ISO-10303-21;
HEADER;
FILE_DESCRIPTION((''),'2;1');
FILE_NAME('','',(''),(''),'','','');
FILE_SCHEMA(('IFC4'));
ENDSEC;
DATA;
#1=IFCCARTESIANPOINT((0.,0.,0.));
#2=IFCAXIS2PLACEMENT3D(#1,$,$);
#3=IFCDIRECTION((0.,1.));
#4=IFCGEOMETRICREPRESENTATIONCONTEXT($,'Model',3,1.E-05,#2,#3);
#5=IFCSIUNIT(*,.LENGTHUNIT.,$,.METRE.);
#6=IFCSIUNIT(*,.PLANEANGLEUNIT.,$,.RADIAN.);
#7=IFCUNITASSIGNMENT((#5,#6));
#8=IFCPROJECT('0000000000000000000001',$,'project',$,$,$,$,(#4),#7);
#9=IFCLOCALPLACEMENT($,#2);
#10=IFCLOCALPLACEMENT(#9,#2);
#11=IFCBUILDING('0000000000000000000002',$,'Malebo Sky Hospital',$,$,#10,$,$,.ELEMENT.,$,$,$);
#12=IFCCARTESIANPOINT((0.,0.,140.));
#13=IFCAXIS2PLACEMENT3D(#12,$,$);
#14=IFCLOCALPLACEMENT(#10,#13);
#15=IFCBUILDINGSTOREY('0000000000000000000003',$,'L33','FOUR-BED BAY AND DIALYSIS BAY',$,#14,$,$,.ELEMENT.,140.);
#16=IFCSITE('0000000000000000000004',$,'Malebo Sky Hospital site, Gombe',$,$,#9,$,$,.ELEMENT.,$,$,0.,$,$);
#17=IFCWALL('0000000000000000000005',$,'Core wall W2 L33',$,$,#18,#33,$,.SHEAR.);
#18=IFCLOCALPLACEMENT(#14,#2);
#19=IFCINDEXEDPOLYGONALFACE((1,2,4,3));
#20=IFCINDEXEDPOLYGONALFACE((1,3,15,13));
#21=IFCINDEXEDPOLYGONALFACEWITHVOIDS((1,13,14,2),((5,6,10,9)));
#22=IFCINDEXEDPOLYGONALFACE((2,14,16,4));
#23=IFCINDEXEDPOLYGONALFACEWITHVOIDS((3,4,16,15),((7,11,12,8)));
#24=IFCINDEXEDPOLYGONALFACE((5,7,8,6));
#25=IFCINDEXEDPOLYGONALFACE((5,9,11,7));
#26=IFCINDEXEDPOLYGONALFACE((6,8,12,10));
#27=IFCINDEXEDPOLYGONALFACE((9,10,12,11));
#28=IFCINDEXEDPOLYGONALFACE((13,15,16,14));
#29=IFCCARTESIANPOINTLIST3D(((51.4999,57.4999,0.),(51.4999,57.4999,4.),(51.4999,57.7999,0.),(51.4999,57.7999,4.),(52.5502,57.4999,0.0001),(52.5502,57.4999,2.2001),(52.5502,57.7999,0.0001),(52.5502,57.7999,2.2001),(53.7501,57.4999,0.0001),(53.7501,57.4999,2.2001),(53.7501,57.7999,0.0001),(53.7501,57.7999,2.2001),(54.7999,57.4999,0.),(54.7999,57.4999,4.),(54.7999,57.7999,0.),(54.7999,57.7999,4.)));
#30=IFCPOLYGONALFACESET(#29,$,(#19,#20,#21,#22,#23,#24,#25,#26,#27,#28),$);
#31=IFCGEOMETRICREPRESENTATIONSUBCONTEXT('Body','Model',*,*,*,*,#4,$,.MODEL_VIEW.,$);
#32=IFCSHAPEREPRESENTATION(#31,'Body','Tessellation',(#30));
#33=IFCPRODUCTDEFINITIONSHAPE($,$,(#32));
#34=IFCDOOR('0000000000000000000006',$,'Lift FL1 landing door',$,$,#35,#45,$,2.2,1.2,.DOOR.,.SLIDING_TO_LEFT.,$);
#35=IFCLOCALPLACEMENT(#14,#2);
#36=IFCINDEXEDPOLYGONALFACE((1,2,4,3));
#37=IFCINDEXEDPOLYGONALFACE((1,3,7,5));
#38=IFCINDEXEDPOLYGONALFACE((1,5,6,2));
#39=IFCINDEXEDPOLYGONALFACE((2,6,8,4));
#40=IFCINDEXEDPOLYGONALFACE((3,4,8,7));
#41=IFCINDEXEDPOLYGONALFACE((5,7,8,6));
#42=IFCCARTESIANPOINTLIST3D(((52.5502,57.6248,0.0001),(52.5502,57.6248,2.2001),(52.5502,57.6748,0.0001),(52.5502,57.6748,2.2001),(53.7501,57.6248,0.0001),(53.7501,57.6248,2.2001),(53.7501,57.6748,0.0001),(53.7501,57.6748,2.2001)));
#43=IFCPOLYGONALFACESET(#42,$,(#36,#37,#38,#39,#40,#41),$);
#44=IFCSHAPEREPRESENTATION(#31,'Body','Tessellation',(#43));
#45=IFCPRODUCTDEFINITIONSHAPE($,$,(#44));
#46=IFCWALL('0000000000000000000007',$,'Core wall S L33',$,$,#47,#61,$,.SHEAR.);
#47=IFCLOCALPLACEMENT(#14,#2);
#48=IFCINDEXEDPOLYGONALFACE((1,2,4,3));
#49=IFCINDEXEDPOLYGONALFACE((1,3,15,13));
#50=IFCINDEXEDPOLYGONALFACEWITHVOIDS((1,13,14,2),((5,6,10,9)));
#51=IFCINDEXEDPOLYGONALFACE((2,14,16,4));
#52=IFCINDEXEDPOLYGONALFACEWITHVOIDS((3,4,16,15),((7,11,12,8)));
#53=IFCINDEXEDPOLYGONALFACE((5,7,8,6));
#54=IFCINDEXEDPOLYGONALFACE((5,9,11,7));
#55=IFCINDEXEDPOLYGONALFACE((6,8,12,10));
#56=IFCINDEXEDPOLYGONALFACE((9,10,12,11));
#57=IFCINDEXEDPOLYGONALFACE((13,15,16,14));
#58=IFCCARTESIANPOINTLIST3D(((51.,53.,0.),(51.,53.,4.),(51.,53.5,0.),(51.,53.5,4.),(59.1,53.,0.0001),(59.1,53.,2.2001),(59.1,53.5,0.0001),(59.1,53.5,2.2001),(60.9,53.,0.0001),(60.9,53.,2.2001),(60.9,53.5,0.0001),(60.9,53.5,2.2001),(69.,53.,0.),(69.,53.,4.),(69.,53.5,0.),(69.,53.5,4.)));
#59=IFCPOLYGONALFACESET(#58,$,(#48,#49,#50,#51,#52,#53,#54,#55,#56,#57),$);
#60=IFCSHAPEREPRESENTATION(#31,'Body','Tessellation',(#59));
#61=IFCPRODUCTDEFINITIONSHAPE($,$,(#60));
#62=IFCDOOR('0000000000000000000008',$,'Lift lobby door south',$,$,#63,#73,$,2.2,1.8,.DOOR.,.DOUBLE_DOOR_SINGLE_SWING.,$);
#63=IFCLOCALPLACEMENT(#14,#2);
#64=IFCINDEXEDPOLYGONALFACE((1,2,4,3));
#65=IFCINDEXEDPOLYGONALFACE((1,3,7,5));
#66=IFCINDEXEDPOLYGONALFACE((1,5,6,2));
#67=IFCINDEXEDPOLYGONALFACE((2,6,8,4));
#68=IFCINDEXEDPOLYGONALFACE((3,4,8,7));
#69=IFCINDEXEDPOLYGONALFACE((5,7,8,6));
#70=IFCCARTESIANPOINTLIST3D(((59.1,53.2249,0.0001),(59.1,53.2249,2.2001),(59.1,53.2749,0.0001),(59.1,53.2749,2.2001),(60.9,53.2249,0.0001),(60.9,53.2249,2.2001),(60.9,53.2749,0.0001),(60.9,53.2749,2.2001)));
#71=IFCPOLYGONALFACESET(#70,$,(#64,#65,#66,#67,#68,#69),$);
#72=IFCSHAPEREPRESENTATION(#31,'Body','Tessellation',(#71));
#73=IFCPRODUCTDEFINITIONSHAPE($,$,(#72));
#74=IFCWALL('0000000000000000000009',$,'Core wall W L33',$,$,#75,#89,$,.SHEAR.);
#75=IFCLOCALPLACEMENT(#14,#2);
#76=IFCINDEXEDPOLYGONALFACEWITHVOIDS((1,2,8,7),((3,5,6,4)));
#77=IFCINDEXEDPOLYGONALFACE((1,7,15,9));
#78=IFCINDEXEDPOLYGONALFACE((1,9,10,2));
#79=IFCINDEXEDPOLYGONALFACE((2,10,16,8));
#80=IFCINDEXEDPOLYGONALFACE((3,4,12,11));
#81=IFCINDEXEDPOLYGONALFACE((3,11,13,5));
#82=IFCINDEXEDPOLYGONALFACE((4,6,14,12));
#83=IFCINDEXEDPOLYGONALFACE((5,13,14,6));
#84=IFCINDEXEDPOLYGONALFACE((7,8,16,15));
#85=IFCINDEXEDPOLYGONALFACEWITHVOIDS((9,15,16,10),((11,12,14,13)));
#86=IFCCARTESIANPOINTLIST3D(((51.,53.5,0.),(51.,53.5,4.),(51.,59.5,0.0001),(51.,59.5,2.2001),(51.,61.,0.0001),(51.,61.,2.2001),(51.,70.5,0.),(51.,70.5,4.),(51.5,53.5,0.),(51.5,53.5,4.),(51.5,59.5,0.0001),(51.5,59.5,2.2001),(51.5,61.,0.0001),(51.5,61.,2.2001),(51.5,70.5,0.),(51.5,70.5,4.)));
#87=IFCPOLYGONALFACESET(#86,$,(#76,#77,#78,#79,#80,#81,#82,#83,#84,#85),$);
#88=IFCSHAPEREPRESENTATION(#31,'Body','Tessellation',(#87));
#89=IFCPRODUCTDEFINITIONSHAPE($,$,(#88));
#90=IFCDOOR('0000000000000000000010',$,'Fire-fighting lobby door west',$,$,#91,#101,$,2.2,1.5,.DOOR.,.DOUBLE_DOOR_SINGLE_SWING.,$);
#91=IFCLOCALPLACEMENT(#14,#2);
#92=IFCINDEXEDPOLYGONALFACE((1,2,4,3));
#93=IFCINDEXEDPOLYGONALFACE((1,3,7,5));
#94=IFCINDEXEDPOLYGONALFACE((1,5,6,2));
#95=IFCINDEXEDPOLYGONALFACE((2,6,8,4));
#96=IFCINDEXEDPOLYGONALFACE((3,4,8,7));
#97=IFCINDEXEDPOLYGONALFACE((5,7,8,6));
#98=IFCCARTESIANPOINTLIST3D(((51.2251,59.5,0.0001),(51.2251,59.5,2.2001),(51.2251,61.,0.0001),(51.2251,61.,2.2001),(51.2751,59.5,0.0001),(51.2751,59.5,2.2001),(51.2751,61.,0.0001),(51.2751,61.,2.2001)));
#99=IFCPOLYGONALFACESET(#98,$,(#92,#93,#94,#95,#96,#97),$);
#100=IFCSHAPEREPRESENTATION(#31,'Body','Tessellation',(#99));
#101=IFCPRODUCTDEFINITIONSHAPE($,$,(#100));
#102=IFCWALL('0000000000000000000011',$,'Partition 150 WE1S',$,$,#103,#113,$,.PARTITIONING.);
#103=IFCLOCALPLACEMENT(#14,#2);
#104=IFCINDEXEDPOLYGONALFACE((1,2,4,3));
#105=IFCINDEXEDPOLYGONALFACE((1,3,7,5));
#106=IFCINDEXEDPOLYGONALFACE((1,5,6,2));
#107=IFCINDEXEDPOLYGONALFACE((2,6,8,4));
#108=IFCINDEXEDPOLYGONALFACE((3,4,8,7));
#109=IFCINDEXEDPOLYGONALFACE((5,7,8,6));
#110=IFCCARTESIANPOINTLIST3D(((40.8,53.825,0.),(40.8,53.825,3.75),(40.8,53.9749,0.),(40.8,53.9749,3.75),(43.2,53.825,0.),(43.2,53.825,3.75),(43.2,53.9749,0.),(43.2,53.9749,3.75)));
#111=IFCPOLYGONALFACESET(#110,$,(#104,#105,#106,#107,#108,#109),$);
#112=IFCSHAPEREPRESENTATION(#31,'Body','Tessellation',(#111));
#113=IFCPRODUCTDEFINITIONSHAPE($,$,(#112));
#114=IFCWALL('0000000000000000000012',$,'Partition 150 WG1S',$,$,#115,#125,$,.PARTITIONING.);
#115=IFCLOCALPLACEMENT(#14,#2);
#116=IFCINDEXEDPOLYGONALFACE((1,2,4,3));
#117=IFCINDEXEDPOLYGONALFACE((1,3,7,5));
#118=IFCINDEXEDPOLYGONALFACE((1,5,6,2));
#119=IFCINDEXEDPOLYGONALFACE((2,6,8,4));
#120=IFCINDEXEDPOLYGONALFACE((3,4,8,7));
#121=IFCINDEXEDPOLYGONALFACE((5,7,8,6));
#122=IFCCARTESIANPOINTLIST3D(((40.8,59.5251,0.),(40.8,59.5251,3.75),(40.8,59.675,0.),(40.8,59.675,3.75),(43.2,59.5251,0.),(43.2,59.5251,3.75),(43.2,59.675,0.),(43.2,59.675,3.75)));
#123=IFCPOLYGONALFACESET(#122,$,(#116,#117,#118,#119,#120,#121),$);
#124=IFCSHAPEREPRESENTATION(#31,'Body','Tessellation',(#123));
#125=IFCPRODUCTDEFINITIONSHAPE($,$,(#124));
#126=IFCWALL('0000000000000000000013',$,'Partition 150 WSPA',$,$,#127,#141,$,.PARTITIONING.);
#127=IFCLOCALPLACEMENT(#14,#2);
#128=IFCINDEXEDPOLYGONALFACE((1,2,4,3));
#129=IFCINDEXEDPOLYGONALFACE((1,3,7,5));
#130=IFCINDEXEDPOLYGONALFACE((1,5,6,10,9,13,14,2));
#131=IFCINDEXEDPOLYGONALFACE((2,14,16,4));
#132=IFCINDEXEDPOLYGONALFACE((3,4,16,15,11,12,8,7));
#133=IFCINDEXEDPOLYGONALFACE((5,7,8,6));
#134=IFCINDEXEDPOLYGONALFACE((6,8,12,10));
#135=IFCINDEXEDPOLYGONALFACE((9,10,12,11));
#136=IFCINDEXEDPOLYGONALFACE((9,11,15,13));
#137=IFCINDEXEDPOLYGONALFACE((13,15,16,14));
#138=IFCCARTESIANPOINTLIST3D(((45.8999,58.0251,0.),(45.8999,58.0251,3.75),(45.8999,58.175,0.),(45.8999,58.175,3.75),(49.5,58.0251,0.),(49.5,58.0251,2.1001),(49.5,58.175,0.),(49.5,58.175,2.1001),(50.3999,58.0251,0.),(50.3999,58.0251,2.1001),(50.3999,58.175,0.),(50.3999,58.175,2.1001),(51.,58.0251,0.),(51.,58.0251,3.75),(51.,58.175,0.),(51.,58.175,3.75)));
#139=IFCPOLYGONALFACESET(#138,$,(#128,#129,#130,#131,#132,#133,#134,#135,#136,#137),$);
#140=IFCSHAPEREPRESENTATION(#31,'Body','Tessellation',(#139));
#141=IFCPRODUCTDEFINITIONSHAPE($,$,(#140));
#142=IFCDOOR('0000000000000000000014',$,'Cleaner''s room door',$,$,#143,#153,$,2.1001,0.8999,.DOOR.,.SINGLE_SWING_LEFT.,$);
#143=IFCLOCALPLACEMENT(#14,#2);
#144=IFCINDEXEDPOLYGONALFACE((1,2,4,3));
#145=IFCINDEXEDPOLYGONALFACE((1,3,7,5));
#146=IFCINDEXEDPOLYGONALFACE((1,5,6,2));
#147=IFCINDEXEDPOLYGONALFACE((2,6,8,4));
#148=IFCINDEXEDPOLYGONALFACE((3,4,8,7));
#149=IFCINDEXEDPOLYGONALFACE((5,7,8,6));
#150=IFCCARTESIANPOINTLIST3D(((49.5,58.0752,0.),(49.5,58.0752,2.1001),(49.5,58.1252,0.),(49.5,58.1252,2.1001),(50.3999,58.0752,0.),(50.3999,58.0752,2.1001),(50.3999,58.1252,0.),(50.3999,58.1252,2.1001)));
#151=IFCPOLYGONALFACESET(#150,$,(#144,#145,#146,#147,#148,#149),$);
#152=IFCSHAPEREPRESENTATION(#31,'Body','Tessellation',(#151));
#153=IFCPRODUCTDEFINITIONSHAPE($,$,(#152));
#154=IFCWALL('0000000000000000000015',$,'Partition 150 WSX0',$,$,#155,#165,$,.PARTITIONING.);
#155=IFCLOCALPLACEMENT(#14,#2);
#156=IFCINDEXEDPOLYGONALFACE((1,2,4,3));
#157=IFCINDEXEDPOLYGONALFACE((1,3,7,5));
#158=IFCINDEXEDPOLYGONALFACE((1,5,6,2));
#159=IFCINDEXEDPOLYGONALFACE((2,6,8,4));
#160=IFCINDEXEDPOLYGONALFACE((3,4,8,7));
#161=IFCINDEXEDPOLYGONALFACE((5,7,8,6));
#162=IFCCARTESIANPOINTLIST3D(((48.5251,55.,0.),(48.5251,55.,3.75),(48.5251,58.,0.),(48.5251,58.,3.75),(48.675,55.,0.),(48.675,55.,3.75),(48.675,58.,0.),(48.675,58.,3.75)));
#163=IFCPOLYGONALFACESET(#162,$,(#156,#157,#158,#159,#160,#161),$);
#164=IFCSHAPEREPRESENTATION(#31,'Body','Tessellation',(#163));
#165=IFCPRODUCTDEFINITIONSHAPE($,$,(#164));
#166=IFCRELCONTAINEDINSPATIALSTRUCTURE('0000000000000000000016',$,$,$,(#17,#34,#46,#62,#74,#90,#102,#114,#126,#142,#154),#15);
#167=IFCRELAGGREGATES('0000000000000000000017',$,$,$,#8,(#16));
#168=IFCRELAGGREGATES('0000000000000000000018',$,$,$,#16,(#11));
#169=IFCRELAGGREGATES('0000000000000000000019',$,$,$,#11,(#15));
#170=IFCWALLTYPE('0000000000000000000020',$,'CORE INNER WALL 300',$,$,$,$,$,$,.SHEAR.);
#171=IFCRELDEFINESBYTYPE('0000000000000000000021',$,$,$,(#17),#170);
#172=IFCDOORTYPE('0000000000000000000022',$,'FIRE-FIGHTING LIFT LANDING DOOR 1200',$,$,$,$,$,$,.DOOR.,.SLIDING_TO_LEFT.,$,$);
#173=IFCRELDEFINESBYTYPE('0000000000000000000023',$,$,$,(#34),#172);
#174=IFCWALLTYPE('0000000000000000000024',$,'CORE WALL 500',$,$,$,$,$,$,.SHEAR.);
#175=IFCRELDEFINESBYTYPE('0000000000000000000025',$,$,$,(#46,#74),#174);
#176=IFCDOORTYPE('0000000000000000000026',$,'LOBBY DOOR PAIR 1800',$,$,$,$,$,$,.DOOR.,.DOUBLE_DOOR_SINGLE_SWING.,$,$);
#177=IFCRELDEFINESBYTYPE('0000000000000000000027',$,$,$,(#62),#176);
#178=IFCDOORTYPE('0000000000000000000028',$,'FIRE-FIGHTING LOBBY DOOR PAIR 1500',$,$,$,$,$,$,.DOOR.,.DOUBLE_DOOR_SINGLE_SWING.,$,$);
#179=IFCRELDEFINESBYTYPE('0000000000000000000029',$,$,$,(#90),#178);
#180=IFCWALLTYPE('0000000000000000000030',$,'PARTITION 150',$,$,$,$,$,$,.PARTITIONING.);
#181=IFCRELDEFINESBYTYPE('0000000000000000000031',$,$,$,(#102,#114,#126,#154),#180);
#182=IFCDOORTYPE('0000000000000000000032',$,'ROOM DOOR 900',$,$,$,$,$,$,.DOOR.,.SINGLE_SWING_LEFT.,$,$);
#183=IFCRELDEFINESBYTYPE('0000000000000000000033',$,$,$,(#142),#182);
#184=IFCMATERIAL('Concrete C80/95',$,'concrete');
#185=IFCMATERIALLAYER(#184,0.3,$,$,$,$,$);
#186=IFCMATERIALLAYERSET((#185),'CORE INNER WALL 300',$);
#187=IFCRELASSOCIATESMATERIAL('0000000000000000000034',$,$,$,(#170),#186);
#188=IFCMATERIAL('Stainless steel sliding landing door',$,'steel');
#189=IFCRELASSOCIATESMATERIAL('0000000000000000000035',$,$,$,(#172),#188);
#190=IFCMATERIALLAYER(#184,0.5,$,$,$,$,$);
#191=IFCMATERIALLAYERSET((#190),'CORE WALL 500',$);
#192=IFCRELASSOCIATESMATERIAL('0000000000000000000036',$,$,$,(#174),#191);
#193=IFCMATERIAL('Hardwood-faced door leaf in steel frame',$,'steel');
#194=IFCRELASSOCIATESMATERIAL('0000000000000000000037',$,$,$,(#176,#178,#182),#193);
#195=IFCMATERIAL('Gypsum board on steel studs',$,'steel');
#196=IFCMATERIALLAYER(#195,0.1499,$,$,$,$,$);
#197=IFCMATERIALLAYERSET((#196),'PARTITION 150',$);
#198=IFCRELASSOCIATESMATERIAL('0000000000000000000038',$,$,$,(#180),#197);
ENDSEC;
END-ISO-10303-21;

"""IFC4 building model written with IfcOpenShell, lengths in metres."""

from ifc_helpers import new_model, si_unit, direction, frame, frame_2d, origin, place, context, subcontext, project, spatial, rectangle, extrude, material, layer, layer_set, type_object, element, fill, save


model = new_model("IFC4")

# Units and contexts
model_context = context("Model", 3, precision=1e-05, world=origin(), true_north=direction((0.0, 1.0)))
body_context = subcontext(model_context, "Body", "Model", "MODEL_VIEW")
ifc_project = project(units=[si_unit("LENGTHUNIT", "METRE"), si_unit("PLANEANGLEUNIT", "RADIAN")], contexts=[model_context])

# Site, building, storey
site_placement = place(None, origin())
site = spatial("IfcSite", under=ifc_project, at=site_placement, Name="Malebo Sky Hospital site, Gombe", CompositionType="ELEMENT", RefElevation=0.0)
building_placement = place(site_placement, origin())
building = spatial("IfcBuilding", under=site, at=building_placement, Name="Malebo Sky Hospital", CompositionType="ELEMENT")
storey_placement = place(building_placement, frame((0.0, 0.0, 140.0)))
storey = spatial("IfcBuildingStorey", under=building, at=storey_placement, Name="L33", Description="FOUR-BED BAY AND DIALYSIS BAY", CompositionType="ELEMENT", Elevation=140.0)

# Shared definitions
ifc_material_1 = material(Name="Concrete C80/95", Category="concrete")
ifc_material_2 = material(Name="Stainless steel sliding landing door", Category="steel")

# Shared definitions
ifc_layer_1 = layer(ifc_material_1, 0.3)
ifc_layer_set_1 = layer_set([ifc_layer_1], Name="CORE INNER WALL 300")
wall_type_1 = type_object("IfcWallType", Name="CORE INNER WALL 300", PredefinedType="SHEAR", material=ifc_layer_set_1)

# Walls, openings, doors
wall_1_placement = place(storey_placement, frame((51.5, 57.6499, 0.0), z_axis=(0.0, 0.0, 1.0), x_axis=(1.0, 0.0, 0.0)))
wall_1 = element("IfcWall", 1, at=wall_1_placement, inside=storey, type_object=wall_type_1, Name="Core wall W2 L33", PredefinedType="SHEAR", context=body_context, shape_type="SweptSolid", body=[
    extrude(rectangle(XDim=3.3, YDim=0.3, at=frame_2d((1.6499, 0.0))), origin(), (0.0, 0.0, 1.0), 4.0),
])
opening_1_placement = place(wall_1_placement, frame((1.05, 0.0, 0.0)))
opening_1 = element("IfcOpeningElement", 2, at=opening_1_placement, cuts=wall_1, PredefinedType="OPENING", context=body_context, shape_type="SweptSolid", body=[
    extrude(rectangle(XDim=1.2, YDim=2.2, at=frame_2d((0.6001, 1.1001))), frame((0.0, 0.1599, 0.0), z_axis=(0.0, -1.0, 0.0), x_axis=(1.0, 0.0, 0.0)), (0.0, 0.0, 1.0), 0.3201),
])
door_type_1 = type_object("IfcDoorType", Name="FIRE-FIGHTING LIFT LANDING DOOR 1200", OperationType="SLIDING_TO_LEFT", PredefinedType="DOOR", material=ifc_material_2)
door_1_placement = place(opening_1_placement, origin())
door_1 = element("IfcDoor", 3, at=door_1_placement, inside=storey, type_object=door_type_1, Name="Lift FL1 landing door", OperationType="SLIDING_TO_LEFT", OverallHeight=2.2, OverallWidth=1.2, PredefinedType="DOOR", context=body_context, shape_type="SweptSolid", body=[
    extrude(rectangle(XDim=1.2, YDim=2.2, at=frame_2d((0.6001, 1.1001))), frame((0.0, 0.0249, 0.0), z_axis=(0.0, -1.0, 0.0), x_axis=(1.0, 0.0, 0.0)), (0.0, 0.0, 1.0), 0.05),
])
fill(opening_1, door_1)
ifc_layer_2 = layer(ifc_material_1, 0.5)
ifc_layer_set_2 = layer_set([ifc_layer_2], Name="CORE WALL 500")
wall_type_2 = type_object("IfcWallType", Name="CORE WALL 500", PredefinedType="SHEAR", material=ifc_layer_set_2)
wall_2_placement = place(storey_placement, frame((51.0, 53.25, 0.0), z_axis=(0.0, 0.0, 1.0), x_axis=(1.0, 0.0, 0.0)))
wall_2 = element("IfcWall", 4, at=wall_2_placement, inside=storey, type_object=wall_type_2, Name="Core wall S L33", PredefinedType="SHEAR", context=body_context, shape_type="SweptSolid", body=[
    extrude(rectangle(XDim=18.0, YDim=0.5, at=frame_2d((9.0, 0.0))), origin(), (0.0, 0.0, 1.0), 4.0),
])
opening_2_placement = place(wall_2_placement, frame((8.1001, 0.0, 0.0)))
opening_2 = element("IfcOpeningElement", 5, at=opening_2_placement, cuts=wall_2, PredefinedType="OPENING", context=body_context, shape_type="SweptSolid", body=[
    extrude(rectangle(XDim=1.8, YDim=2.2, at=frame_2d((0.8999, 1.1001))), frame((0.0, 0.26, 0.0), z_axis=(0.0, -1.0, 0.0), x_axis=(1.0, 0.0, 0.0)), (0.0, 0.0, 1.0), 0.52),
])
ifc_material_3 = material(Name="Hardwood-faced door leaf in steel frame", Category="steel")
door_type_2 = type_object("IfcDoorType", Name="LOBBY DOOR PAIR 1800", OperationType="DOUBLE_DOOR_SINGLE_SWING", PredefinedType="DOOR", material=ifc_material_3)
door_2_placement = place(opening_2_placement, origin())
door_2 = element("IfcDoor", 6, at=door_2_placement, inside=storey, type_object=door_type_2, Name="Lift lobby door south", OperationType="DOUBLE_DOOR_SINGLE_SWING", OverallHeight=2.2, OverallWidth=1.8, PredefinedType="DOOR", context=body_context, shape_type="SweptSolid", body=[
    extrude(rectangle(XDim=1.8, YDim=2.2, at=frame_2d((0.8999, 1.1001))), frame((0.0, 0.0249, 0.0), z_axis=(0.0, -1.0, 0.0), x_axis=(1.0, 0.0, 0.0)), (0.0, 0.0, 1.0), 0.05),
])
fill(opening_2, door_2)
wall_3_placement = place(storey_placement, frame((51.25, 53.5, 0.0), z_axis=(0.0, 0.0, 1.0), x_axis=(0.0, 1.0, 0.0)))
wall_3 = element("IfcWall", 7, at=wall_3_placement, inside=storey, type_object=wall_type_2, Name="Core wall W L33", PredefinedType="SHEAR", context=body_context, shape_type="SweptSolid", body=[
    extrude(rectangle(XDim=17.0, YDim=0.5, at=frame_2d((8.5, 0.0))), origin(), (0.0, 0.0, 1.0), 4.0),
])
opening_3_placement = place(wall_3_placement, frame((6.0, 0.0, 0.0)))
opening_3 = element("IfcOpeningElement", 8, at=opening_3_placement, cuts=wall_3, PredefinedType="OPENING", context=body_context, shape_type="SweptSolid", body=[
    extrude(rectangle(XDim=1.5, YDim=2.2, at=frame_2d((0.75, 1.1001))), frame((0.0, 0.26, 0.0), z_axis=(0.0, -1.0, 0.0), x_axis=(1.0, 0.0, 0.0)), (0.0, 0.0, 1.0), 0.52),
])
door_type_3 = type_object("IfcDoorType", Name="FIRE-FIGHTING LOBBY DOOR PAIR 1500", OperationType="DOUBLE_DOOR_SINGLE_SWING", PredefinedType="DOOR", material=ifc_material_3)
door_3_placement = place(opening_3_placement, origin())
door_3 = element("IfcDoor", 9, at=door_3_placement, inside=storey, type_object=door_type_3, Name="Fire-fighting lobby door west", OperationType="DOUBLE_DOOR_SINGLE_SWING", OverallHeight=2.2, OverallWidth=1.5, PredefinedType="DOOR", context=body_context, shape_type="SweptSolid", body=[
    extrude(rectangle(XDim=1.5, YDim=2.2, at=frame_2d((0.75, 1.1001))), frame((0.0, 0.0249, 0.0), z_axis=(0.0, -1.0, 0.0), x_axis=(1.0, 0.0, 0.0)), (0.0, 0.0, 1.0), 0.05),
])
fill(opening_3, door_3)

# Walls
ifc_material_4 = material(Name="Gypsum board on steel studs", Category="steel")
ifc_layer_3 = layer(ifc_material_4, 0.1499)
ifc_layer_set_3 = layer_set([ifc_layer_3], Name="PARTITION 150")
wall_type_3 = type_object("IfcWallType", Name="PARTITION 150", PredefinedType="PARTITIONING", material=ifc_layer_set_3)
for number, where, z_axis, x_axis, name in (
    (10, (43.2, 53.8999, 0.0), (0.0, 0.0, 1.0), (-1.0, 0.0, 0.0), "Partition 150 WE1S"),
    (11, (43.2, 59.6001, 0.0), (0.0, 0.0, 1.0), (-1.0, 0.0, 0.0), "Partition 150 WG1S"),
):
    element("IfcWall", number, at=place(storey_placement, frame(where, z_axis=z_axis, x_axis=x_axis)), inside=storey, type_object=wall_type_3, Name=name, PredefinedType="PARTITIONING", context=body_context, shape_type="SweptSolid", body=[
        extrude(rectangle(XDim=2.3999, YDim=0.1499, at=frame_2d((1.2, 0.0))), origin(), (0.0, 0.0, 1.0), 3.75),
    ])

# Wall, opening, door
wall_4_placement = place(storey_placement, frame((51.0, 58.1001, 0.0), z_axis=(0.0, 0.0, 1.0), x_axis=(-1.0, 0.0, 0.0)))
wall_4 = element("IfcWall", 12, at=wall_4_placement, inside=storey, type_object=wall_type_3, Name="Partition 150 WSPA", PredefinedType="PARTITIONING", context=body_context, shape_type="SweptSolid", body=[
    extrude(rectangle(XDim=5.1001, YDim=0.1499, at=frame_2d((2.55, 0.0))), origin(), (0.0, 0.0, 1.0), 3.75),
])
opening_4_placement = place(wall_4_placement, frame((0.6001, 0.0, 0.0)))
opening_4 = element("IfcOpeningElement", 13, at=opening_4_placement, cuts=wall_4, PredefinedType="OPENING", context=body_context, shape_type="SweptSolid", body=[
    extrude(rectangle(XDim=0.8999, YDim=2.1001, at=frame_2d((0.45, 1.05))), frame((0.0, 0.085, 0.0), z_axis=(0.0, -1.0, 0.0), x_axis=(1.0, 0.0, 0.0)), (0.0, 0.0, 1.0), 0.1699),
])
door_type_4 = type_object("IfcDoorType", Name="ROOM DOOR 900", OperationType="SINGLE_SWING_LEFT", PredefinedType="DOOR", material=ifc_material_3)
door_4_placement = place(opening_4_placement, origin())
door_4 = element("IfcDoor", 14, at=door_4_placement, inside=storey, type_object=door_type_4, Name="Cleaner's room door", OperationType="SINGLE_SWING_LEFT", OverallHeight=2.1001, OverallWidth=0.8999, PredefinedType="DOOR", context=body_context, shape_type="SweptSolid", body=[
    extrude(rectangle(XDim=0.8999, YDim=2.1001, at=frame_2d((0.45, 1.05))), frame((0.0, 0.0249, 0.0), z_axis=(0.0, -1.0, 0.0), x_axis=(1.0, 0.0, 0.0)), (0.0, 0.0, 1.0), 0.05),
])
fill(opening_4, door_4)

# Wall
wall_5_placement = place(storey_placement, frame((48.6001, 55.0, 0.0), z_axis=(0.0, 0.0, 1.0), x_axis=(0.0, 1.0, 0.0)))
element("IfcWall", 15, at=wall_5_placement, inside=storey, type_object=wall_type_3, Name="Partition 150 WSX0", PredefinedType="PARTITIONING", context=body_context, shape_type="SweptSolid", body=[
    extrude(rectangle(XDim=3.0, YDim=0.1499, at=frame_2d((1.5, 0.0))), origin(), (0.0, 0.0, 1.0), 3.75),
])

save(model, "model.ifc")
